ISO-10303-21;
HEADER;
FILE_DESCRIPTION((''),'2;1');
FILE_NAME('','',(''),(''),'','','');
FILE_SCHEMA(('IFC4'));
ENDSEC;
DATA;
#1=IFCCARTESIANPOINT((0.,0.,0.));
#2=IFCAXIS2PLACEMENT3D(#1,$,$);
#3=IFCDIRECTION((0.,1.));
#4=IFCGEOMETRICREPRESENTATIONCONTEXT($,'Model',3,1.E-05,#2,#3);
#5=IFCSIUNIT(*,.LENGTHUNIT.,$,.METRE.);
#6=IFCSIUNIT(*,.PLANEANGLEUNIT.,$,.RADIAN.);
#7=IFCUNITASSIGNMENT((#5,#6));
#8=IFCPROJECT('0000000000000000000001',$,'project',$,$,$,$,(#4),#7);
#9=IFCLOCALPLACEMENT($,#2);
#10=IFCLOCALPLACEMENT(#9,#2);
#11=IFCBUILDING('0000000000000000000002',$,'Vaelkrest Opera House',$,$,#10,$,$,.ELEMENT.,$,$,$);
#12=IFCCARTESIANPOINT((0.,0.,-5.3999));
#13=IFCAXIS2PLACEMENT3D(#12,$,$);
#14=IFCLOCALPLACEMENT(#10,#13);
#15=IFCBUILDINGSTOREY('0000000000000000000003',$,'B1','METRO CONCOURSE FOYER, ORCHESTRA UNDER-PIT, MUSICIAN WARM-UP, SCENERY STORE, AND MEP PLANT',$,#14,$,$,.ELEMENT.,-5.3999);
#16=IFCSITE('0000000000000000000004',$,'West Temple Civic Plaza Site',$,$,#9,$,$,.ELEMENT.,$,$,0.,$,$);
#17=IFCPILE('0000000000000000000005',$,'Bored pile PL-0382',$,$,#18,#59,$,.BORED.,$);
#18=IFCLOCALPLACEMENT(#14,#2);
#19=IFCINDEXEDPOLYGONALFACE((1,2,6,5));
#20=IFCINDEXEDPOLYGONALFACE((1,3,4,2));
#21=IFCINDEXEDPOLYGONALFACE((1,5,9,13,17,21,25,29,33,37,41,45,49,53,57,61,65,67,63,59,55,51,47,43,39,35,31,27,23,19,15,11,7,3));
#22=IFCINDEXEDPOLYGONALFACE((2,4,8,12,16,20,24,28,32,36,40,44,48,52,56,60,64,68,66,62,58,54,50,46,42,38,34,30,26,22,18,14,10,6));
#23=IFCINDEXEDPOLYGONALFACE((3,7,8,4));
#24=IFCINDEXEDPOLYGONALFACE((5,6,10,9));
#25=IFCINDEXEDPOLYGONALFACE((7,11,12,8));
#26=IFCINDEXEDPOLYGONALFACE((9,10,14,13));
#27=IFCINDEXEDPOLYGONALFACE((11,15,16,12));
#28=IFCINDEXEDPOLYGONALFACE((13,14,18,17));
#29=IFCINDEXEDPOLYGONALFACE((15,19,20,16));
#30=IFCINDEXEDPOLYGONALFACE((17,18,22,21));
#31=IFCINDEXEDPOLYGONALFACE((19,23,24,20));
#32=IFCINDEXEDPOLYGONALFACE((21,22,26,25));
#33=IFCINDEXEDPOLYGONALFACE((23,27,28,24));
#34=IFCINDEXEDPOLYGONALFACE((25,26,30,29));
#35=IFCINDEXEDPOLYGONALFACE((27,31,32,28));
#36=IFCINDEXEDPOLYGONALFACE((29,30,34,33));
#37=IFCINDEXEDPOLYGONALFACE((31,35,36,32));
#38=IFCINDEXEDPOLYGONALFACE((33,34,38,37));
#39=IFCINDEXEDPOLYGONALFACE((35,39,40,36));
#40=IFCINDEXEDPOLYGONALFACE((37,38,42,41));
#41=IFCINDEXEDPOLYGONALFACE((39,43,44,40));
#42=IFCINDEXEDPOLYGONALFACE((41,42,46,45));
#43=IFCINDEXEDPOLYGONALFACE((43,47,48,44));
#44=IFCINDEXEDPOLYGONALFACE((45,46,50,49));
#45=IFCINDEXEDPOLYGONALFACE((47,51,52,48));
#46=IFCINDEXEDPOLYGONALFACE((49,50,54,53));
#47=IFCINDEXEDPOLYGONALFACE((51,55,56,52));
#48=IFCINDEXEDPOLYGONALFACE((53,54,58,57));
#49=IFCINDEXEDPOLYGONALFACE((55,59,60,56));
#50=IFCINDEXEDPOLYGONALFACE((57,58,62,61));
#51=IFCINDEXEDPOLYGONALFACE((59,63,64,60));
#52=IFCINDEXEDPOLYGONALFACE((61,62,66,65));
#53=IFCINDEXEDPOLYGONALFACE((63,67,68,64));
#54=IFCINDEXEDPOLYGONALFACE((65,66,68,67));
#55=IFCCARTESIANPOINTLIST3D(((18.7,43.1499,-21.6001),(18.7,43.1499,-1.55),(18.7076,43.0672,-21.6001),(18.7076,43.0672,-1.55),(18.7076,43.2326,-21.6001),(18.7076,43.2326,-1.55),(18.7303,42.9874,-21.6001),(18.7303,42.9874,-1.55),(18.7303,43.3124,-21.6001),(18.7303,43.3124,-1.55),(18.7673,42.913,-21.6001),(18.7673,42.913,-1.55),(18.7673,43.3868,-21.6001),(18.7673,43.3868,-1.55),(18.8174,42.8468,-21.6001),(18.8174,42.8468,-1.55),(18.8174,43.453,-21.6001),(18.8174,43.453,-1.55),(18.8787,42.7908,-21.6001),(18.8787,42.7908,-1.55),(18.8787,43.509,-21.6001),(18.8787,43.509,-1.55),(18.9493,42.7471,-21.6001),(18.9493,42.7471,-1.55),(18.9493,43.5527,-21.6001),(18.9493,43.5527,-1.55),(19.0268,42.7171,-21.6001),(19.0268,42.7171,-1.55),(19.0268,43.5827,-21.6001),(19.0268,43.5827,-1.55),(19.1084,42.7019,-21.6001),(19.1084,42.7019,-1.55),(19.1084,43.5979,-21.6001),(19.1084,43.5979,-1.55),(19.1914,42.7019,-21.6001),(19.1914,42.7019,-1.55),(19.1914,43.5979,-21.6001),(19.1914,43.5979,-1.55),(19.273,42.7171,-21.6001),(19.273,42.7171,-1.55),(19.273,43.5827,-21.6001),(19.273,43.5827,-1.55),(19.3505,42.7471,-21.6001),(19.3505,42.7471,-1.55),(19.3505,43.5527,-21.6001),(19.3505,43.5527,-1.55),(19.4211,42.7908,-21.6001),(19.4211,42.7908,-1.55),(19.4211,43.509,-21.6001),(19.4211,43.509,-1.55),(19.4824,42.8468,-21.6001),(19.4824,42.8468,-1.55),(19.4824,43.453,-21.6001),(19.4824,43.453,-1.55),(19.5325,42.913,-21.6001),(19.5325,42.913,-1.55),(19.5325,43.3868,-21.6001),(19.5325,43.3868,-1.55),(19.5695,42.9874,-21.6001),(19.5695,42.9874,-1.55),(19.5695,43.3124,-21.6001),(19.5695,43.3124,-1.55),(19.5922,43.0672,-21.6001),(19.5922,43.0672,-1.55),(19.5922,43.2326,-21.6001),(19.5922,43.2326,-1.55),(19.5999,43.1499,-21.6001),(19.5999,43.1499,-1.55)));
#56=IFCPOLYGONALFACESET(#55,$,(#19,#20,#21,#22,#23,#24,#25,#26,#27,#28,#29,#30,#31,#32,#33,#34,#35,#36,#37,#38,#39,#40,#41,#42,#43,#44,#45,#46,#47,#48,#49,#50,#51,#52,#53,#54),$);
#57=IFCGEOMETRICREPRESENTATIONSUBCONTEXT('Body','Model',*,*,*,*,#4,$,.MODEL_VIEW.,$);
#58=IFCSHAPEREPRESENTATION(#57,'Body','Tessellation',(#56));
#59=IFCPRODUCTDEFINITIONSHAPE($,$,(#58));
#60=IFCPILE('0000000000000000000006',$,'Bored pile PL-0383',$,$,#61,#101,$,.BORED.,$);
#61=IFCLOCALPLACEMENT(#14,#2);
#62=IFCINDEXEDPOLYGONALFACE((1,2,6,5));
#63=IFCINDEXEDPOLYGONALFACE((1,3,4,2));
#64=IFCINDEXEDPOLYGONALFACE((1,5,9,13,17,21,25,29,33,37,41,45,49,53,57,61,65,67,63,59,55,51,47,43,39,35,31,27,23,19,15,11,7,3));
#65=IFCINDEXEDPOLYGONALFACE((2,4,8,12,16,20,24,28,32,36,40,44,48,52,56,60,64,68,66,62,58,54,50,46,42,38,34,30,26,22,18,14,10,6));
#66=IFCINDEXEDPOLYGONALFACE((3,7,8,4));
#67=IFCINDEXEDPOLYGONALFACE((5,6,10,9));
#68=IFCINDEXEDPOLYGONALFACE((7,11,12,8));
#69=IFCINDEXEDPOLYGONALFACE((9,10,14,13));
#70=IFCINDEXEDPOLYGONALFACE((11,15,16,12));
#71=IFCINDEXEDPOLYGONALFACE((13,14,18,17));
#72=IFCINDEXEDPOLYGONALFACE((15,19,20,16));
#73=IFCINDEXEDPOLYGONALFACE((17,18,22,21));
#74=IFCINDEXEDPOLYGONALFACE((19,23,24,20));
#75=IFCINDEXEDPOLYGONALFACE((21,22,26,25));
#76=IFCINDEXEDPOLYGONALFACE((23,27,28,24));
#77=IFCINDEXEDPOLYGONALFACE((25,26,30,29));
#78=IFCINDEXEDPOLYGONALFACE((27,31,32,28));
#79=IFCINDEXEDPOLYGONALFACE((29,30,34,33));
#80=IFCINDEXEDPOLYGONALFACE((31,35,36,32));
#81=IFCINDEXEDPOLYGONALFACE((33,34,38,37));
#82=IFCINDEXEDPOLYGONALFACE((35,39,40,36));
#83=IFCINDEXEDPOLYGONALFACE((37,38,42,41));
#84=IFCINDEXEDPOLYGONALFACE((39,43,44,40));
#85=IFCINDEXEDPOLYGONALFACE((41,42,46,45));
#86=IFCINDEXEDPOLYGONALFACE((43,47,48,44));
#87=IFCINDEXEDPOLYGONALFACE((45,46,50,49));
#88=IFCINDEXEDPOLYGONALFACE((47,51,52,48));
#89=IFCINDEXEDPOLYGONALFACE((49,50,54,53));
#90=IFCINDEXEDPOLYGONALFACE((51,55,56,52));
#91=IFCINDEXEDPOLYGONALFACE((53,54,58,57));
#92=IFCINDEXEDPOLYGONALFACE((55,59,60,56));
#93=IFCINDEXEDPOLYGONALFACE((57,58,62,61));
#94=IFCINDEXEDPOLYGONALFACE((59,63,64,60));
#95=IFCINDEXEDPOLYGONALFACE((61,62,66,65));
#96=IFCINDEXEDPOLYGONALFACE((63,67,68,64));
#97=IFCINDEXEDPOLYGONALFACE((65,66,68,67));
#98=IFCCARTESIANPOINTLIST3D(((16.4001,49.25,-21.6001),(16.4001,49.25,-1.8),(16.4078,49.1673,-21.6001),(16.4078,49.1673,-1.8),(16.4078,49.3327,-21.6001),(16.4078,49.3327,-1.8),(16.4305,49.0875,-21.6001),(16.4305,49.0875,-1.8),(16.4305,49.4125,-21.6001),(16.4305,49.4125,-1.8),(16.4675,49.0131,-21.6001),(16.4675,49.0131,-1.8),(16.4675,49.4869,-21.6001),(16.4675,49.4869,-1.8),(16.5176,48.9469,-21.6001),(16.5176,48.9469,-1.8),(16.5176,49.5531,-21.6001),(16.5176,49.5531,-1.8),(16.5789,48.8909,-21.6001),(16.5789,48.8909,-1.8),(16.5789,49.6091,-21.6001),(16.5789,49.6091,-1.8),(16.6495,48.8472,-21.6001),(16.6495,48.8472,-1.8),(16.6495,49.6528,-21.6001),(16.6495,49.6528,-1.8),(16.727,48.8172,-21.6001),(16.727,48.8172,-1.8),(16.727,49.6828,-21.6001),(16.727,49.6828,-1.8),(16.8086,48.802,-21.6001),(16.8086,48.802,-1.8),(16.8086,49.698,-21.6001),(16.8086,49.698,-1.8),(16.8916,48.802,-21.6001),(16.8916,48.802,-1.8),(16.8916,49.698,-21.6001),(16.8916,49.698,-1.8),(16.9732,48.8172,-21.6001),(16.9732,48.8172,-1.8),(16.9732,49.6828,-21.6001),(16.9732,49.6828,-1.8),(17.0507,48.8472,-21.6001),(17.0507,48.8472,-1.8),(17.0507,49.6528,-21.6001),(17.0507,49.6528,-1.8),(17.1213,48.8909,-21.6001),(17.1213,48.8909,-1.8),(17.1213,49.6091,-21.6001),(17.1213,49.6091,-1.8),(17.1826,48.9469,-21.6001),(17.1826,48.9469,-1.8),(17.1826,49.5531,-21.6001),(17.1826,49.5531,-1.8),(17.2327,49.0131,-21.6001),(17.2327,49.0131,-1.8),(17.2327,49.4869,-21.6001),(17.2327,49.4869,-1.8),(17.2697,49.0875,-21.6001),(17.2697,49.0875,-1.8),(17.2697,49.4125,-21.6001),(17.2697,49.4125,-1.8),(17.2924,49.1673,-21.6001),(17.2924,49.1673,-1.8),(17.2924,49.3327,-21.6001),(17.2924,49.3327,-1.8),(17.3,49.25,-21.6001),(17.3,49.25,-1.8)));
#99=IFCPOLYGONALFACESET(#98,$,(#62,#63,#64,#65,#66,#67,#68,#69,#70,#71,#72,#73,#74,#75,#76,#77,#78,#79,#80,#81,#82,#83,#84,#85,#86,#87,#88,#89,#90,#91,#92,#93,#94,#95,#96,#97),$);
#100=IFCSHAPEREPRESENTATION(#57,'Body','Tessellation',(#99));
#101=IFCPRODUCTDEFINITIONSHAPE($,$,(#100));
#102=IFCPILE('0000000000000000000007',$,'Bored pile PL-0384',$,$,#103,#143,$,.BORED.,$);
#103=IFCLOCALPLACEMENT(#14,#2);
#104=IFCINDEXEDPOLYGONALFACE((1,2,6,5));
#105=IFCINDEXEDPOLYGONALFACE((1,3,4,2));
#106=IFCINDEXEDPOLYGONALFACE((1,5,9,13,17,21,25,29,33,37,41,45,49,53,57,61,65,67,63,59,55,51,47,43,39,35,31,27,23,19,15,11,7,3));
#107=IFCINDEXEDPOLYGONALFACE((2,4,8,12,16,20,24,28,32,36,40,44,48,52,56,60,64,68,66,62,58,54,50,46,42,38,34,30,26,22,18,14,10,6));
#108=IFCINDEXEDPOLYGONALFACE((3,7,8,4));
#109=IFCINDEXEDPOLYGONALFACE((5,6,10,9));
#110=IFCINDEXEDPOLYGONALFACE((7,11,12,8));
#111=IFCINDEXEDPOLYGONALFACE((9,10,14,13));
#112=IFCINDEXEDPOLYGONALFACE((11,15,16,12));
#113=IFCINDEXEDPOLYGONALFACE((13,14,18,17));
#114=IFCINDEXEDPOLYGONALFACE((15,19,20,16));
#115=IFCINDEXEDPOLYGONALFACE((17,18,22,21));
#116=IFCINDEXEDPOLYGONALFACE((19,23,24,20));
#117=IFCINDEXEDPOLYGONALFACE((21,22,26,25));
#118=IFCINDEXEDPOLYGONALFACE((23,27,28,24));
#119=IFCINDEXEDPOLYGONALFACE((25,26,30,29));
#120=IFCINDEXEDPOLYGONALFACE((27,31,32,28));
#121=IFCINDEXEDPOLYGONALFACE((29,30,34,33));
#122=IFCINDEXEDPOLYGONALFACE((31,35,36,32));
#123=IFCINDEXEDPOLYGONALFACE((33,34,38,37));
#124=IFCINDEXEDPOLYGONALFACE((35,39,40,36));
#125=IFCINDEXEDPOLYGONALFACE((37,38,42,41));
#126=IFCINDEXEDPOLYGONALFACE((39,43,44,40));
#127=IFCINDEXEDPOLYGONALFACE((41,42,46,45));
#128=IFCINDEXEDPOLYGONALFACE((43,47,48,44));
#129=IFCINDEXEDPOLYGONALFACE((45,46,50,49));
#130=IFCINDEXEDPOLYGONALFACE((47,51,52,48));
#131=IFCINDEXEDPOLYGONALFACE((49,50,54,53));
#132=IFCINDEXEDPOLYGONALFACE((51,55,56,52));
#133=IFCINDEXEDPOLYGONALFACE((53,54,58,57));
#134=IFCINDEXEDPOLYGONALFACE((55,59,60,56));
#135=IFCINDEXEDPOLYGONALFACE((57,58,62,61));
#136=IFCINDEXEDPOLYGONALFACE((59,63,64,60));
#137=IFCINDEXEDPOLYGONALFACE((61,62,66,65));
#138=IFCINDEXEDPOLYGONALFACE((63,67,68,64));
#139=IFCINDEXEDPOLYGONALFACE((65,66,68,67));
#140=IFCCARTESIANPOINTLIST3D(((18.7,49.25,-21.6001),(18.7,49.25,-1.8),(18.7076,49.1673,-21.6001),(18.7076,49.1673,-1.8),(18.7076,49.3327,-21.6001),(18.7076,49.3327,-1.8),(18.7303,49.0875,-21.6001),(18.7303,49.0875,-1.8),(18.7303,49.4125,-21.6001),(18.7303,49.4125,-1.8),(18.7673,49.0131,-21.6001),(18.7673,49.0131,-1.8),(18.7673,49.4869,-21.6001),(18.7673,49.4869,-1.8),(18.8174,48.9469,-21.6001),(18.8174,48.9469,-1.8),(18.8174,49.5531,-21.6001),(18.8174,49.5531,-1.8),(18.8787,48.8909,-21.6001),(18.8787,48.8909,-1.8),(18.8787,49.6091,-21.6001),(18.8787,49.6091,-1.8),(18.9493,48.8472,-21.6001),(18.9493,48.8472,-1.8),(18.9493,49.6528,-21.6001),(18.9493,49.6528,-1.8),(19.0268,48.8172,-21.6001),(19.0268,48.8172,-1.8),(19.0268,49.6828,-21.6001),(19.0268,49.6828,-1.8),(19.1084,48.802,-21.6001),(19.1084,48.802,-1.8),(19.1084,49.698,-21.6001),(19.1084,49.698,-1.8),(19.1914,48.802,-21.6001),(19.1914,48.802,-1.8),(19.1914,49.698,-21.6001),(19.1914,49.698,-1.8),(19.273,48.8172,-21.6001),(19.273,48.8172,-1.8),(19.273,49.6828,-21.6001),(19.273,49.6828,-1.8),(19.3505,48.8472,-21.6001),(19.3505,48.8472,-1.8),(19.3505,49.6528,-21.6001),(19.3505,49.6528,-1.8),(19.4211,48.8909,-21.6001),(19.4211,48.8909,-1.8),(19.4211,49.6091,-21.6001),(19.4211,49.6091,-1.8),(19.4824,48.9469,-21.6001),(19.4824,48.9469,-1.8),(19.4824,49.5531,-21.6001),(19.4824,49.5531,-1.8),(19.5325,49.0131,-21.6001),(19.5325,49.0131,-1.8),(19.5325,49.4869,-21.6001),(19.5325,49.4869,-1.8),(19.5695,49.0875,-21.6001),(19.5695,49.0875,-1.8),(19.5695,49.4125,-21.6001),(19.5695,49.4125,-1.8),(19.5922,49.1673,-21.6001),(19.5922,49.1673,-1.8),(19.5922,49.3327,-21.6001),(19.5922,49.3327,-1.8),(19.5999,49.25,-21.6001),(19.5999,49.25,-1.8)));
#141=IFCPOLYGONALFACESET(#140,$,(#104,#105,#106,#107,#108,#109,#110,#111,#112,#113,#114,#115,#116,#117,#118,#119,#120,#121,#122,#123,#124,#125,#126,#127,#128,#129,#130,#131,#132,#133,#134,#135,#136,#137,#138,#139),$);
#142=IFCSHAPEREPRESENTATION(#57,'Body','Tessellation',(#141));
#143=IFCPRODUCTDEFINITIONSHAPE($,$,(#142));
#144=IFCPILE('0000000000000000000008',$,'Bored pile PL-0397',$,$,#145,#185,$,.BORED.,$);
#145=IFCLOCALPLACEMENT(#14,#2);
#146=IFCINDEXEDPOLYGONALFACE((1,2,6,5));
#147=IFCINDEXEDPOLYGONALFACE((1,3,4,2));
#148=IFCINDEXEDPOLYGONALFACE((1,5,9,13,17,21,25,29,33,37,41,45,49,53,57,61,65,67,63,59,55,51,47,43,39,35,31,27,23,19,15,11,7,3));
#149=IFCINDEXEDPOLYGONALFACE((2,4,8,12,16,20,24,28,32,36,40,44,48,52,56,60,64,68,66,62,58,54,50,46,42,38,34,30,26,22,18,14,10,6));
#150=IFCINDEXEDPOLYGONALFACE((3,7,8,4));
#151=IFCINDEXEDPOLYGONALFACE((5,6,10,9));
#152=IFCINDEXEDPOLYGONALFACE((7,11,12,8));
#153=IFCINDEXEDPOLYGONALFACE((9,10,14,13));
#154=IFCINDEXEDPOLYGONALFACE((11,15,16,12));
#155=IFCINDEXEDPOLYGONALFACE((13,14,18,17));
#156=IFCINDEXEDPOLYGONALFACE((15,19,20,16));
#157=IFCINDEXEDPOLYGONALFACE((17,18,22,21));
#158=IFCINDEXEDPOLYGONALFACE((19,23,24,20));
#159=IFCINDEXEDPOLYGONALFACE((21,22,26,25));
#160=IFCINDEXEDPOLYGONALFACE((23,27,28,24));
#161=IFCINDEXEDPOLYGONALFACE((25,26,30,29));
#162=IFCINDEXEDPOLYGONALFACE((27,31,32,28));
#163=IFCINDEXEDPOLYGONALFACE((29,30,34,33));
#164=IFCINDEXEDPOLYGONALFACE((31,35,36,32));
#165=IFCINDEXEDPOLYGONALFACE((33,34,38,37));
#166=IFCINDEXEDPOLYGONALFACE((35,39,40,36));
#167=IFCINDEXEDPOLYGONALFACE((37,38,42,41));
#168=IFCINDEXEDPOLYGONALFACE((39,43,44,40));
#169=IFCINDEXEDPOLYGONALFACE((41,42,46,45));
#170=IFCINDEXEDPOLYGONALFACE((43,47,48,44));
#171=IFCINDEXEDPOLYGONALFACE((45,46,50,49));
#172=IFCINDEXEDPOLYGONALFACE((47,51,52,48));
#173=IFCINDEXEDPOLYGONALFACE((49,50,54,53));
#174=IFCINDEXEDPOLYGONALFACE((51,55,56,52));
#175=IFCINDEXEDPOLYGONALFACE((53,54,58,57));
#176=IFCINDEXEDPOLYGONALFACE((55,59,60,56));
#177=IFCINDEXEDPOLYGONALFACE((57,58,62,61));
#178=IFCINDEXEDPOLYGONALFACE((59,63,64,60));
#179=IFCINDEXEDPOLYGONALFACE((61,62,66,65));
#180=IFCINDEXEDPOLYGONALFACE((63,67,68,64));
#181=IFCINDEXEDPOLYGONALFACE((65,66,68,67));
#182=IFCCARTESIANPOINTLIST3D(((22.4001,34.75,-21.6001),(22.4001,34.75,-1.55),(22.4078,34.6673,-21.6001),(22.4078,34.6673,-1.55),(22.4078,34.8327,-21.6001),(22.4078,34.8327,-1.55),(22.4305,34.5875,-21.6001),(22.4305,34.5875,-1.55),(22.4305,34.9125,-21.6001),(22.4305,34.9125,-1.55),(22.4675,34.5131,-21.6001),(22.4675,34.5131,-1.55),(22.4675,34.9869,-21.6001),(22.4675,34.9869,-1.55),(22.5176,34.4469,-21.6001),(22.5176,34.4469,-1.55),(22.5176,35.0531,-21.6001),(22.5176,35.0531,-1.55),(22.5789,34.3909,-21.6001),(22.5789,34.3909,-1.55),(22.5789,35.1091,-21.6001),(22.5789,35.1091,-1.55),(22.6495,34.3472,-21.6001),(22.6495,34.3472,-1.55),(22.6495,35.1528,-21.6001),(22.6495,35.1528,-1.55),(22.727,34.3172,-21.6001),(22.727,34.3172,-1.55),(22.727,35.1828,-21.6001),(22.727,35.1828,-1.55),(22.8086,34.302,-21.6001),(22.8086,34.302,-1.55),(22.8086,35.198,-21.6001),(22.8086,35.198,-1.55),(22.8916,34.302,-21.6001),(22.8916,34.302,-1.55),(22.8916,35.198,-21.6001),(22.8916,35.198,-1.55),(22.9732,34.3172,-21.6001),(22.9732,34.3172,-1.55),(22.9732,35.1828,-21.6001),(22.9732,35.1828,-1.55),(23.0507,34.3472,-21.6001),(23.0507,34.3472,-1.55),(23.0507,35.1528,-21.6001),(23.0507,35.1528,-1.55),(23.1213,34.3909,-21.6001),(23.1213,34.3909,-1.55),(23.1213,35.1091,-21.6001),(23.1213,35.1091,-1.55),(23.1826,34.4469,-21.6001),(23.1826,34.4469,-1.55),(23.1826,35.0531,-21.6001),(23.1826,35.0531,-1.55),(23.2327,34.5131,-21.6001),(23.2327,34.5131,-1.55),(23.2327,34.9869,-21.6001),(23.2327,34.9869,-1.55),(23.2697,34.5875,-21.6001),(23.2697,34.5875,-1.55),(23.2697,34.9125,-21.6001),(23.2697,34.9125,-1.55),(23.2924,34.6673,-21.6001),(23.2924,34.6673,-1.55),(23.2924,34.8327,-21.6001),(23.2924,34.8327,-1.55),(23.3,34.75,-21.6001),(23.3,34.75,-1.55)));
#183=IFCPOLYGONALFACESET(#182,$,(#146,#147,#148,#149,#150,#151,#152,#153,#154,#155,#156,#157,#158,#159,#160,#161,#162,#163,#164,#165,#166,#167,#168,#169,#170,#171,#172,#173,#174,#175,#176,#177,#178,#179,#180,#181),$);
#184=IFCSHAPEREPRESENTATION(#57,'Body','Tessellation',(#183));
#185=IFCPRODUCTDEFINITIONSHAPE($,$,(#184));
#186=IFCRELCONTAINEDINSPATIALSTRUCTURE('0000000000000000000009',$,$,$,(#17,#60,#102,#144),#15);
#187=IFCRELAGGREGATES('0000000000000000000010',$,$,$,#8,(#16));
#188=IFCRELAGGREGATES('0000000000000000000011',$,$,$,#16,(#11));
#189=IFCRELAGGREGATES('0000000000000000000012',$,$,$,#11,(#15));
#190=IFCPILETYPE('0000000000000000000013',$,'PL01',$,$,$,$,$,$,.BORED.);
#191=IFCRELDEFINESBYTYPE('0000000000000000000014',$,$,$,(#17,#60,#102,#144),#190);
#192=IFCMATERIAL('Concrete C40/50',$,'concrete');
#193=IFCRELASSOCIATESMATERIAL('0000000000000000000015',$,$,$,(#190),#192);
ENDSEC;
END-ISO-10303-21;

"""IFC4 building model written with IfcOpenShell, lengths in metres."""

from ifc_helpers import new_model, si_unit, direction, frame, origin, origin_2d, place, context, subcontext, project, spatial, circle, extrude, material, material_profile, profile_set, type_object, element, save


model = new_model("IFC4")

# Units and contexts
model_context = context("Model", 3, precision=1e-05, world=origin(), true_north=direction((0.0, 1.0)))
body_context = subcontext(model_context, "Body", "Model", "MODEL_VIEW")
ifc_project = project(units=[si_unit("LENGTHUNIT", "METRE"), si_unit("PLANEANGLEUNIT", "RADIAN")], contexts=[model_context])

# Site, building, storey
site_placement = place(None, origin())
site = spatial("IfcSite", under=ifc_project, at=site_placement, Name="West Temple Civic Plaza Site", CompositionType="ELEMENT", RefElevation=0.0)
building_placement = place(site_placement, origin())
building = spatial("IfcBuilding", under=site, at=building_placement, Name="Vaelkrest Opera House", CompositionType="ELEMENT")
storey_placement = place(building_placement, frame((0.0, 0.0, -5.3999)))
storey = spatial("IfcBuildingStorey", under=building, at=storey_placement, Name="B1", Description="METRO CONCOURSE FOYER, ORCHESTRA UNDER-PIT, MUSICIAN WARM-UP, SCENERY STORE, AND MEP PLANT", CompositionType="ELEMENT", Elevation=-5.3999)

# Shared definitions
ifc_material_1 = material(Name="Concrete C40/50", Category="concrete")

# Piles
ifc_material_profile_1 = material_profile(ifc_material_1, circle(Radius=0.45, at=origin_2d()), Name="PILE900")
ifc_profile_set_1 = profile_set([ifc_material_profile_1], Name="Concrete C40/50")
pile_type_1 = type_object("IfcPileType", Name="PL01", PredefinedType="BORED", material=ifc_profile_set_1)
for number, where, z_axis, x_axis, name in (
    (1, (19.1499, 43.1499, -1.55), (0.0, 0.0, -1.0), (1.0, 0.0, 0.0), "Bored pile PL-0382"),
):
    element("IfcPile", number, at=place(storey_placement, frame(where, z_axis=z_axis, x_axis=x_axis)), inside=storey, type_object=pile_type_1, Name=name, PredefinedType="BORED", context=body_context, shape_type="SweptSolid", body=[
        extrude(circle(Radius=0.45, at=origin_2d()), origin(), (0.0, 0.0, 1.0), 20.05),
    ])
for number, where, z_axis, x_axis, name in (
    (2, (16.8501, 49.25, -1.8), (0.0, 0.0, -1.0), (1.0, 0.0, 0.0), "Bored pile PL-0383"),
    (3, (19.1499, 49.25, -1.8), (0.0, 0.0, -1.0), (1.0, 0.0, 0.0), "Bored pile PL-0384"),
):
    element("IfcPile", number, at=place(storey_placement, frame(where, z_axis=z_axis, x_axis=x_axis)), inside=storey, type_object=pile_type_1, Name=name, PredefinedType="BORED", context=body_context, shape_type="SweptSolid", body=[
        extrude(circle(Radius=0.45, at=origin_2d()), origin(), (0.0, 0.0, 1.0), 19.8),
    ])
pile_placement = place(storey_placement, frame((22.8501, 34.75, -1.55), z_axis=(0.0, 0.0, -1.0), x_axis=(1.0, 0.0, 0.0)))
element("IfcPile", 4, at=pile_placement, inside=storey, type_object=pile_type_1, Name="Bored pile PL-0397", PredefinedType="BORED", context=body_context, shape_type="SweptSolid", body=[
    extrude(circle(Radius=0.45, at=origin_2d()), origin(), (0.0, 0.0, 1.0), 20.05),
])

save(model, "model.ifc")
